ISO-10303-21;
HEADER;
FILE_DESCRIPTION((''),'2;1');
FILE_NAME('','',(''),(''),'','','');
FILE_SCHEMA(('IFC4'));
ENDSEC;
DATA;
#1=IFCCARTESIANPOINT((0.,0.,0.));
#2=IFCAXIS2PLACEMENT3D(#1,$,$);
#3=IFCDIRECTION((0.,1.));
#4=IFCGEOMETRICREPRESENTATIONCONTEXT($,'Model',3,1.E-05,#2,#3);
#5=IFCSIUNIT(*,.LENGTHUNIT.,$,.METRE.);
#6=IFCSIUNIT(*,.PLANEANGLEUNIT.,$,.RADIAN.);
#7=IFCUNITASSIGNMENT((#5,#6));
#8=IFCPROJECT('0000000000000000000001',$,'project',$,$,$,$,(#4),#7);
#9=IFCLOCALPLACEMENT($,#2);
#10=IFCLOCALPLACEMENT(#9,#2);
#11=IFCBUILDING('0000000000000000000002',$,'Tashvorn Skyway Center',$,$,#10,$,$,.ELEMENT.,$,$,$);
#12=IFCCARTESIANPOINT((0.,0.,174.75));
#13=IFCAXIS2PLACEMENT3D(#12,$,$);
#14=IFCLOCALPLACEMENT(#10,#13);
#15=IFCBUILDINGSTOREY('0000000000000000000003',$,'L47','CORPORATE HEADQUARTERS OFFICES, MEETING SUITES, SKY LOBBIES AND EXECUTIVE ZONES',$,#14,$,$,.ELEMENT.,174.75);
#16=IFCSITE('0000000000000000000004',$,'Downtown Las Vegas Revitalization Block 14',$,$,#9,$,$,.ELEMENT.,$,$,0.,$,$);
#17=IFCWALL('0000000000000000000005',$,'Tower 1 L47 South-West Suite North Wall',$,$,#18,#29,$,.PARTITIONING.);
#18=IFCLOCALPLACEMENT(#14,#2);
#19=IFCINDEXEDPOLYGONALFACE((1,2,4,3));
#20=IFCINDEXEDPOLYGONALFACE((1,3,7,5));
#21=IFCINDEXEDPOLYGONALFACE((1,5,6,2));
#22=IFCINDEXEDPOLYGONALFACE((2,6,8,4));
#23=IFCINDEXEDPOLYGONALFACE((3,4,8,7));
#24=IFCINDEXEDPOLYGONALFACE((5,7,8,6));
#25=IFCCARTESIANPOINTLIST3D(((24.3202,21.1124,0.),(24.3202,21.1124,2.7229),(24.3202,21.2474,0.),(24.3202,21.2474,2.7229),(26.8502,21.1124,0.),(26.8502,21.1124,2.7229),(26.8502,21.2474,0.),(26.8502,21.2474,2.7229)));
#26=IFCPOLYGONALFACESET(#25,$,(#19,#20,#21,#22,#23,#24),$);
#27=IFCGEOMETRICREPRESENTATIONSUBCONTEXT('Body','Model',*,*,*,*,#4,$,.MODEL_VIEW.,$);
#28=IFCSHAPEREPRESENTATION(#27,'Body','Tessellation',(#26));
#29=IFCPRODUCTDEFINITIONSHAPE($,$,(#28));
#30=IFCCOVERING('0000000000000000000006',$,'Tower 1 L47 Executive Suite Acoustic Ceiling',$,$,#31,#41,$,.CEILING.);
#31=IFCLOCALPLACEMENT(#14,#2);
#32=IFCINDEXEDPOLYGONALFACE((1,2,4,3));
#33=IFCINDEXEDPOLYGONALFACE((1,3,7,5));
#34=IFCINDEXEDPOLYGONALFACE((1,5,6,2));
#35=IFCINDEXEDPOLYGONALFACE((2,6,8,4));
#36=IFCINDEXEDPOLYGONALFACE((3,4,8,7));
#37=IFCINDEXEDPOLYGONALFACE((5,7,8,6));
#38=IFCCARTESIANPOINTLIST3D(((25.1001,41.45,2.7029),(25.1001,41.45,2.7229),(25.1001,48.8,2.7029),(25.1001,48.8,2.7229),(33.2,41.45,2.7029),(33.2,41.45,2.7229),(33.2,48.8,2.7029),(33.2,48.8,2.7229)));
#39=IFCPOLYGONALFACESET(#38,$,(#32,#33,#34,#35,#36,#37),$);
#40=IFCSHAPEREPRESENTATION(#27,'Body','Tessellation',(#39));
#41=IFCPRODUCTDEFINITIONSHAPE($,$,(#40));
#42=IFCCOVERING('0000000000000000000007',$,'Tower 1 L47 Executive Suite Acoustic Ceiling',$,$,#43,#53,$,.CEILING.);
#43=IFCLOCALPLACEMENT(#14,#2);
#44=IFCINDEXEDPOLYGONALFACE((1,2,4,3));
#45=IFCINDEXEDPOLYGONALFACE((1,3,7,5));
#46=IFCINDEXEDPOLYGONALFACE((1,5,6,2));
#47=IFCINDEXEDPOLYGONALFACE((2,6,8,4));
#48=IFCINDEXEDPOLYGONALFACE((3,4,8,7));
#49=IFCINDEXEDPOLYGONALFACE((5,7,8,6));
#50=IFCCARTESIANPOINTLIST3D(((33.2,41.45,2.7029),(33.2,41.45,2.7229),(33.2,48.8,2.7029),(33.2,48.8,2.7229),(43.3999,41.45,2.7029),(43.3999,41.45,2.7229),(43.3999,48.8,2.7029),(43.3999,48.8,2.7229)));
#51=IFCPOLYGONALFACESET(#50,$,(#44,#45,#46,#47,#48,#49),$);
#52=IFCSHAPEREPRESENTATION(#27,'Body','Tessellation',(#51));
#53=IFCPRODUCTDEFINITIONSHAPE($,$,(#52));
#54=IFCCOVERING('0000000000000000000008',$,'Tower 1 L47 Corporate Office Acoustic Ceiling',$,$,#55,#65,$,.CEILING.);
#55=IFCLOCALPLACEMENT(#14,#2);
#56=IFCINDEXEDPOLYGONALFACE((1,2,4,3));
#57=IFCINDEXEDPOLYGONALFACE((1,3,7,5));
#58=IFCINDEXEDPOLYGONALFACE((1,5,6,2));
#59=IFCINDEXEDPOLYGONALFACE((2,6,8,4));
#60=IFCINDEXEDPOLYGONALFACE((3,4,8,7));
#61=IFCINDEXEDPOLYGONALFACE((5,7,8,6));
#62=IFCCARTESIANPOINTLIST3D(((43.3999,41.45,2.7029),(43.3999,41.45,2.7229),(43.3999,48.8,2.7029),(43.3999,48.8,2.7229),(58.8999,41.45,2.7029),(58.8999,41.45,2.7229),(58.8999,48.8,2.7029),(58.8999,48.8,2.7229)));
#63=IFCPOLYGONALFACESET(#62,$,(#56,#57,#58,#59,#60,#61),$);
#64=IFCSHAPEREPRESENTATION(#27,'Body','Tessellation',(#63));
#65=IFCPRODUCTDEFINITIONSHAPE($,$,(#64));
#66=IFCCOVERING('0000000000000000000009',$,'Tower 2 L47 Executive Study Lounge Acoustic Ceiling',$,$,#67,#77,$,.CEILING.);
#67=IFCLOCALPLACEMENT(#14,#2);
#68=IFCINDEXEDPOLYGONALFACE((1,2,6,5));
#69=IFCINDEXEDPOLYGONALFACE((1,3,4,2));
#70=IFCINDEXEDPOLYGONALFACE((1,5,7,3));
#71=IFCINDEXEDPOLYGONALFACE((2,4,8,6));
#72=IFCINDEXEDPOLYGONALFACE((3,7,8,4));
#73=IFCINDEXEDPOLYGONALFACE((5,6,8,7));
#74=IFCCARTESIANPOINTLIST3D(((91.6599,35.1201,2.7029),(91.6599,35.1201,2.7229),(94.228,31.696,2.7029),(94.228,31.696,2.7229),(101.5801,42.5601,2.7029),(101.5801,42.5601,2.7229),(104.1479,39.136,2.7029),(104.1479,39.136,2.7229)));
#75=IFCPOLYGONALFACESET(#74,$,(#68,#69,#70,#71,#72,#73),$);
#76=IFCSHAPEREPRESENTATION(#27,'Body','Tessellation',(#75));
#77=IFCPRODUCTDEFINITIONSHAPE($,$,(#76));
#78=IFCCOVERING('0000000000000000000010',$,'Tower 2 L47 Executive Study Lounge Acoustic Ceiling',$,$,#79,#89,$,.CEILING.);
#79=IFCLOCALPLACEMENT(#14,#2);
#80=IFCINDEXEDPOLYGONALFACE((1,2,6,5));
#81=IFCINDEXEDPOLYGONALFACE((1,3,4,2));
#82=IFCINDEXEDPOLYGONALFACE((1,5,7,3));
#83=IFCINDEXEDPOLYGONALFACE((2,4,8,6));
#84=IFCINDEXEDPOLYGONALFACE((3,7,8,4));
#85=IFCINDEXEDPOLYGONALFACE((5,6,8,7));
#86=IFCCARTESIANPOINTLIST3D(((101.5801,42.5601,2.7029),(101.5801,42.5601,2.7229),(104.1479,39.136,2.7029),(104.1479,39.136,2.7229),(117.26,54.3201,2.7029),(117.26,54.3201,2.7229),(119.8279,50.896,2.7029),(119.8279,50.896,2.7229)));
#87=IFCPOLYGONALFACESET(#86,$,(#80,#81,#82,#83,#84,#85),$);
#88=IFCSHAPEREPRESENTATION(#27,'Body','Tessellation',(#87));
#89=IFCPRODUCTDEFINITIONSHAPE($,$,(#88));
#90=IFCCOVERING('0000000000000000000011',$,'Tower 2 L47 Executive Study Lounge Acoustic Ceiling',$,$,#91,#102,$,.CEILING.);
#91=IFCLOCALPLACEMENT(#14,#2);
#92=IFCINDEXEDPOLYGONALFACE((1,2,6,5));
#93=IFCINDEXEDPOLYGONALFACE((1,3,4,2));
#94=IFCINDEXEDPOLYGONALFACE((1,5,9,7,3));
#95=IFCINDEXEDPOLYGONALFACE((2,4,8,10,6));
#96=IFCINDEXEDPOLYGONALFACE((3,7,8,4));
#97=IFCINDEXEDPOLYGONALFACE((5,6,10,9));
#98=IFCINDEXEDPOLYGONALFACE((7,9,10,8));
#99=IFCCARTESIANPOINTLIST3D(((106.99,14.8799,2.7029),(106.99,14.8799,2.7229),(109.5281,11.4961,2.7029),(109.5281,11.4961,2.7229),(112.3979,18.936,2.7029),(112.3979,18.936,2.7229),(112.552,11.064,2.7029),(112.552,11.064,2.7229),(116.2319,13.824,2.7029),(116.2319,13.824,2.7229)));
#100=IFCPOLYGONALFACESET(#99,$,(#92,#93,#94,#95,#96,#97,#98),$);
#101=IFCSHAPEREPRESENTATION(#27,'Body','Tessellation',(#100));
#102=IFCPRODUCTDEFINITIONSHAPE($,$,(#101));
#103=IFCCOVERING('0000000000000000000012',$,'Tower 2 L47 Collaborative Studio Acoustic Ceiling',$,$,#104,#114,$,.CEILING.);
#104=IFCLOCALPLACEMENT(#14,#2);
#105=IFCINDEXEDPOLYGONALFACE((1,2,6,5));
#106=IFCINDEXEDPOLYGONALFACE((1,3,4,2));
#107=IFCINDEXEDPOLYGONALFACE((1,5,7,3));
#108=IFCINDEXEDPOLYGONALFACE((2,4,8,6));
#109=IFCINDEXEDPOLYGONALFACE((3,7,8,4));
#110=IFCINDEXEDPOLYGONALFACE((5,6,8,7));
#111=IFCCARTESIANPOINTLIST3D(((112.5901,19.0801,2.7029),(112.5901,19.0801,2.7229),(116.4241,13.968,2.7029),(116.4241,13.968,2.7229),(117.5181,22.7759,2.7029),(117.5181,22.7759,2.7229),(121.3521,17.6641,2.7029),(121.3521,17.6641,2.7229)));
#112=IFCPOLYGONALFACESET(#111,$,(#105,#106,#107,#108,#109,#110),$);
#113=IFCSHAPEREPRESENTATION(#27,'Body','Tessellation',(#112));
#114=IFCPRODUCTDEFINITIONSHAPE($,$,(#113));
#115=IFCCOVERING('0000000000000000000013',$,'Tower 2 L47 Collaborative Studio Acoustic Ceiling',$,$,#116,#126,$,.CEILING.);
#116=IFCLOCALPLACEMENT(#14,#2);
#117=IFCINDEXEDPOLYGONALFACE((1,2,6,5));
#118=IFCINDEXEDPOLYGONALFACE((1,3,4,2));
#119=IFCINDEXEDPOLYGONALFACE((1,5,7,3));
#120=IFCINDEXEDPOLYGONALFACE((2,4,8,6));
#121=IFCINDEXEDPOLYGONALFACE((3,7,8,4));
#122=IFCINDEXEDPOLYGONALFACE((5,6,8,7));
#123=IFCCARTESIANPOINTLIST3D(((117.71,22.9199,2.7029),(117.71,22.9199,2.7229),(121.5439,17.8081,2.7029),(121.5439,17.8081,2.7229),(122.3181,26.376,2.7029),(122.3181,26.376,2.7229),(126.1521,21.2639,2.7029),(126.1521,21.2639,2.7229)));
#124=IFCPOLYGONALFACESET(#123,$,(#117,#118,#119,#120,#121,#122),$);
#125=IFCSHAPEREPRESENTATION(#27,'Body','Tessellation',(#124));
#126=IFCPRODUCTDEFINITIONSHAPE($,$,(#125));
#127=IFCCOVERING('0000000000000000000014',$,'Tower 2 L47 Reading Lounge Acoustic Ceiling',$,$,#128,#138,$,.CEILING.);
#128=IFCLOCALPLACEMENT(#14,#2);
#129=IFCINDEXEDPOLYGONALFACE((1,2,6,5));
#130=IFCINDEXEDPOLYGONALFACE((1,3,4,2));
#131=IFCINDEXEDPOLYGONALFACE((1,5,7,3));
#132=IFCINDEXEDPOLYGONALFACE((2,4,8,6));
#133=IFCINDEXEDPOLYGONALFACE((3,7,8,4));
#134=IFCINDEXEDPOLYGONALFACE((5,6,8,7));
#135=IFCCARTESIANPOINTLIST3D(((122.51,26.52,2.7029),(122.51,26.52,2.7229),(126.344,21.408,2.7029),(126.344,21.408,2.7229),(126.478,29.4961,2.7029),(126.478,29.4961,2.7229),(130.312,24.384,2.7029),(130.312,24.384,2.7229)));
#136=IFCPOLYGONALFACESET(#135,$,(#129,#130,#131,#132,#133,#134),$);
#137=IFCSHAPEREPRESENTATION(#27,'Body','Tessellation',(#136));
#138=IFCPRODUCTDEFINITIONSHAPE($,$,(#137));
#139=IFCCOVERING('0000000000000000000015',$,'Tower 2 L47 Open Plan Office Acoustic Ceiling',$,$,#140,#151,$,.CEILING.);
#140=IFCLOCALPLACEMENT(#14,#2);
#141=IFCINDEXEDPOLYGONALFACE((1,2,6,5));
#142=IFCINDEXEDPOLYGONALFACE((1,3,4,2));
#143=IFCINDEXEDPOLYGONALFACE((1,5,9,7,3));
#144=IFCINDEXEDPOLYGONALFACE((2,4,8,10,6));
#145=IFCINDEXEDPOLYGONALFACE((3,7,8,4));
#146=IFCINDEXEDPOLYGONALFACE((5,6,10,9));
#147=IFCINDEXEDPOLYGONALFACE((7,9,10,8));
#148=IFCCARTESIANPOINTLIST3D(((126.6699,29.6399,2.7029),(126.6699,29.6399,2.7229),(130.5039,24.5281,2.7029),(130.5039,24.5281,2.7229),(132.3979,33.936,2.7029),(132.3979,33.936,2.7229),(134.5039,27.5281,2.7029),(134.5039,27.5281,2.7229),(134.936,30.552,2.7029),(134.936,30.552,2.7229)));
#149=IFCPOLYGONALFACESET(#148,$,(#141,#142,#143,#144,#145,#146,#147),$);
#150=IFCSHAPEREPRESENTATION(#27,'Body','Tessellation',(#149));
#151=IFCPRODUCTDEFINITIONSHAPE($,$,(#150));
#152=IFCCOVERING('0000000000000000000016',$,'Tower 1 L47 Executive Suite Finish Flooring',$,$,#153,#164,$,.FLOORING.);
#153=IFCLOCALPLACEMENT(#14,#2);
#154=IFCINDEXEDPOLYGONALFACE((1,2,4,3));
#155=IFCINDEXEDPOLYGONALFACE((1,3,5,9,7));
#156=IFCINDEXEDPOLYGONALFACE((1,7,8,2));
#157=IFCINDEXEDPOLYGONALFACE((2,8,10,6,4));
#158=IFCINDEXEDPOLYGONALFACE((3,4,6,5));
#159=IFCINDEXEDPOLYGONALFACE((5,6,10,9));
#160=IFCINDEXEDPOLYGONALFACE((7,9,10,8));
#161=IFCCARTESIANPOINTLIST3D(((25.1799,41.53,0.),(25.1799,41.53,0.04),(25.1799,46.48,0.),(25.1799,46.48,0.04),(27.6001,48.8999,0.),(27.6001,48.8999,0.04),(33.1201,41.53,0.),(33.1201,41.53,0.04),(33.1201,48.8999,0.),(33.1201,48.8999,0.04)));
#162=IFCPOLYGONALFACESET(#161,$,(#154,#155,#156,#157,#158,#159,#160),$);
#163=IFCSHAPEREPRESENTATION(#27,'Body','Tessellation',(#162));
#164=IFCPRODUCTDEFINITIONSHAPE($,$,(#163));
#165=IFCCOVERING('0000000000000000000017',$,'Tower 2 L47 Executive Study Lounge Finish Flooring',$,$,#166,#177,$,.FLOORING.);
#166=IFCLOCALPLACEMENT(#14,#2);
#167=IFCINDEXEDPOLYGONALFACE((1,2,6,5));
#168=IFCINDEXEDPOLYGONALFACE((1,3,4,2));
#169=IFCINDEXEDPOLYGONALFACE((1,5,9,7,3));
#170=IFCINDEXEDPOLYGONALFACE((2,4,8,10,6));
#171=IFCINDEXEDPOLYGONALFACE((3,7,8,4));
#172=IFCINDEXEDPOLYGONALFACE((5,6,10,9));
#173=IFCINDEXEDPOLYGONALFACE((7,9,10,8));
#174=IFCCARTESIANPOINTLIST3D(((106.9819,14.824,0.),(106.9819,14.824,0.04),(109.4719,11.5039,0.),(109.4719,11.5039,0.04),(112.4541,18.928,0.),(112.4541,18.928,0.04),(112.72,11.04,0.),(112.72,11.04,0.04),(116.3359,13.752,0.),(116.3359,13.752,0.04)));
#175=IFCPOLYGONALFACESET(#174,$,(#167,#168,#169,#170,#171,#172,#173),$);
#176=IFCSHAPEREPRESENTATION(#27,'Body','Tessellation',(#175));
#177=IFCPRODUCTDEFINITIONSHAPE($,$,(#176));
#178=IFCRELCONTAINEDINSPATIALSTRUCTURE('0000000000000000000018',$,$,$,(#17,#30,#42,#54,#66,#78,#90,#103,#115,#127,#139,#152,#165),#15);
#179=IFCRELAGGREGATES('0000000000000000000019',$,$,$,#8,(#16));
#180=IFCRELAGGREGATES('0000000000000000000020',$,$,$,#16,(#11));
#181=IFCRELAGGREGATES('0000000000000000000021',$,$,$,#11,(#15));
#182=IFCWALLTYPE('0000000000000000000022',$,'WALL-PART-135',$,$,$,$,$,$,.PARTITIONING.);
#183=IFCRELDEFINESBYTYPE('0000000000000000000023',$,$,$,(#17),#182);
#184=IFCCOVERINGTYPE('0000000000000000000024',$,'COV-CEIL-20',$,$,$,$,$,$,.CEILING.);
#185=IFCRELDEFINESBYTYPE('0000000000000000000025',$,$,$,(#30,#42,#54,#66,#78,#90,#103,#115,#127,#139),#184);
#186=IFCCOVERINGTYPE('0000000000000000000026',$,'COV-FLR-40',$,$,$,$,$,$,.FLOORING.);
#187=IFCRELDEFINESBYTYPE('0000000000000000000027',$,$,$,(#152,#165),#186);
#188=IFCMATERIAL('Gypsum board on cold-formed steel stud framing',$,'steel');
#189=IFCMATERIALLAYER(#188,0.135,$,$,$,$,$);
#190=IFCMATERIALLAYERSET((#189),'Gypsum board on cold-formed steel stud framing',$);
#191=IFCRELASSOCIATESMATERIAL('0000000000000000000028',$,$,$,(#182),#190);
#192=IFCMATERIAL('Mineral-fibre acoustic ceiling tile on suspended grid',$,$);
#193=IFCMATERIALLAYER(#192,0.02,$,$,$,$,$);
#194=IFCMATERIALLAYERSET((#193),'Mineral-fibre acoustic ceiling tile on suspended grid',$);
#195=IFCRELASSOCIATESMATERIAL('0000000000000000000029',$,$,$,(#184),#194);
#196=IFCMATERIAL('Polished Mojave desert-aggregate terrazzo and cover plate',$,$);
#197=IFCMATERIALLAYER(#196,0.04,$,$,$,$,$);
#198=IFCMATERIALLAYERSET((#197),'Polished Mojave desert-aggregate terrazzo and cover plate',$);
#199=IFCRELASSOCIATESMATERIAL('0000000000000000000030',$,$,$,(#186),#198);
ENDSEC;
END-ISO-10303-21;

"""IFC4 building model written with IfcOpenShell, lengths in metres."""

from ifc_helpers import new_model, si_unit, direction, frame, frame_2d, origin, place, context, subcontext, project, spatial, polyline, rectangle, outline, extrude, material, layer, layer_set, type_object, element, save


model = new_model("IFC4")

# Units and contexts
model_context = context("Model", 3, precision=1e-05, world=origin(), true_north=direction((0.0, 1.0)))
body_context = subcontext(model_context, "Body", "Model", "MODEL_VIEW")
ifc_project = project(units=[si_unit("LENGTHUNIT", "METRE"), si_unit("PLANEANGLEUNIT", "RADIAN")], contexts=[model_context])

# Site, building, storey
site_placement = place(None, origin())
site = spatial("IfcSite", under=ifc_project, at=site_placement, Name="Downtown Las Vegas Revitalization Block 14", CompositionType="ELEMENT", RefElevation=0.0)
building_placement = place(site_placement, origin())
building = spatial("IfcBuilding", under=site, at=building_placement, Name="Tashvorn Skyway Center", CompositionType="ELEMENT")
storey_placement = place(building_placement, frame((0.0, 0.0, 174.75)))
storey = spatial("IfcBuildingStorey", under=building, at=storey_placement, Name="L47", Description="CORPORATE HEADQUARTERS OFFICES, MEETING SUITES, SKY LOBBIES AND EXECUTIVE ZONES", CompositionType="ELEMENT", Elevation=174.75)

# Wall
ifc_material_1 = material(Name="Gypsum board on cold-formed steel stud framing", Category="steel")
ifc_layer_1 = layer(ifc_material_1, 0.135)
ifc_layer_set_1 = layer_set([ifc_layer_1], Name="Gypsum board on cold-formed steel stud framing")
wall_type = type_object("IfcWallType", Name="WALL-PART-135", PredefinedType="PARTITIONING", material=ifc_layer_set_1)
wall_placement = place(storey_placement, frame((24.3201, 21.1799, 0.0), z_axis=(0.0, 0.0, 1.0), x_axis=(1.0, 0.0, 0.0)))
element("IfcWall", 1, at=wall_placement, inside=storey, type_object=wall_type, Name="Tower 1 L47 South-West Suite North Wall", PredefinedType="PARTITIONING", context=body_context, shape_type="SweptSolid", body=[
    extrude(rectangle(XDim=2.53, YDim=0.135, at=frame_2d((1.2651, 0.0))), origin(), (0.0, 0.0, 1.0), 2.7229),
])

# Coverings
ifc_material_2 = material(Name="Mineral-fibre acoustic ceiling tile on suspended grid")
ifc_layer_2 = layer(ifc_material_2, 0.02)
ifc_layer_set_2 = layer_set([ifc_layer_2], Name="Mineral-fibre acoustic ceiling tile on suspended grid")
covering_type_1 = type_object("IfcCoveringType", Name="COV-CEIL-20", PredefinedType="CEILING", material=ifc_layer_set_2)
covering_1_placement = place(storey_placement, frame((0.0, 0.0, 2.7029)))
element("IfcCovering", 2, at=covering_1_placement, inside=storey, type_object=covering_type_1, Name="Tower 1 L47 Executive Suite Acoustic Ceiling", PredefinedType="CEILING", context=body_context, shape_type="SweptSolid", body=[
    extrude(outline(polyline([(25.1001, 41.45), (33.2, 41.45), (33.2, 48.8), (25.1001, 48.8), (25.1001, 41.45)])), origin(), (0.0, 0.0, 1.0), 0.02),
])
covering_2_placement = place(storey_placement, frame((0.0, 0.0, 2.7029)))
element("IfcCovering", 3, at=covering_2_placement, inside=storey, type_object=covering_type_1, Name="Tower 1 L47 Executive Suite Acoustic Ceiling", PredefinedType="CEILING", context=body_context, shape_type="SweptSolid", body=[
    extrude(outline(polyline([(33.2, 41.45), (43.3999, 41.45), (43.3999, 48.8), (33.2, 48.8), (33.2, 41.45)])), origin(), (0.0, 0.0, 1.0), 0.02),
])
covering_3_placement = place(storey_placement, frame((0.0, 0.0, 2.7029)))
element("IfcCovering", 4, at=covering_3_placement, inside=storey, type_object=covering_type_1, Name="Tower 1 L47 Corporate Office Acoustic Ceiling", PredefinedType="CEILING", context=body_context, shape_type="SweptSolid", body=[
    extrude(outline(polyline([(43.3999, 41.45), (58.8999, 41.45), (58.8999, 48.8), (43.3999, 48.8), (43.3999, 41.45)])), origin(), (0.0, 0.0, 1.0), 0.02),
])
covering_4_placement = place(storey_placement, frame((0.0, 0.0, 2.7029)))
element("IfcCovering", 5, at=covering_4_placement, inside=storey, type_object=covering_type_1, Name="Tower 2 L47 Executive Study Lounge Acoustic Ceiling", PredefinedType="CEILING", context=body_context, shape_type="SweptSolid", body=[
    extrude(outline(polyline([(94.228, 31.696), (104.1479, 39.136), (101.5801, 42.5601), (91.6599, 35.1201), (94.228, 31.696)])), origin(), (0.0, 0.0, 1.0), 0.02),
])
covering_5_placement = place(storey_placement, frame((0.0, 0.0, 2.7029)))
element("IfcCovering", 6, at=covering_5_placement, inside=storey, type_object=covering_type_1, Name="Tower 2 L47 Executive Study Lounge Acoustic Ceiling", PredefinedType="CEILING", context=body_context, shape_type="SweptSolid", body=[
    extrude(outline(polyline([(104.1479, 39.136), (119.8279, 50.896), (117.26, 54.3201), (101.5801, 42.5601), (104.1479, 39.136)])), origin(), (0.0, 0.0, 1.0), 0.02),
])
covering_6_placement = place(storey_placement, frame((0.0, 0.0, 2.7029)))
element("IfcCovering", 7, at=covering_6_placement, inside=storey, type_object=covering_type_1, Name="Tower 2 L47 Executive Study Lounge Acoustic Ceiling", PredefinedType="CEILING", context=body_context, shape_type="SweptSolid", body=[
    extrude(outline(polyline([(106.99, 14.8799), (112.3979, 18.936), (116.2319, 13.824), (112.552, 11.064), (109.5281, 11.4961), (106.99, 14.8799)])), origin(), (0.0, 0.0, 1.0), 0.02),
])
covering_7_placement = place(storey_placement, frame((0.0, 0.0, 2.7029)))
element("IfcCovering", 8, at=covering_7_placement, inside=storey, type_object=covering_type_1, Name="Tower 2 L47 Collaborative Studio Acoustic Ceiling", PredefinedType="CEILING", context=body_context, shape_type="SweptSolid", body=[
    extrude(outline(polyline([(112.5901, 19.0801), (117.5181, 22.7759), (121.3521, 17.6641), (116.4241, 13.968), (112.5901, 19.0801)])), origin(), (0.0, 0.0, 1.0), 0.02),
])
covering_8_placement = place(storey_placement, frame((0.0, 0.0, 2.7029)))
element("IfcCovering", 9, at=covering_8_placement, inside=storey, type_object=covering_type_1, Name="Tower 2 L47 Collaborative Studio Acoustic Ceiling", PredefinedType="CEILING", context=body_context, shape_type="SweptSolid", body=[
    extrude(outline(polyline([(117.71, 22.9199), (122.3181, 26.376), (126.1521, 21.2639), (121.5439, 17.8081), (117.71, 22.9199)])), origin(), (0.0, 0.0, 1.0), 0.02),
])
covering_9_placement = place(storey_placement, frame((0.0, 0.0, 2.7029)))
element("IfcCovering", 10, at=covering_9_placement, inside=storey, type_object=covering_type_1, Name="Tower 2 L47 Reading Lounge Acoustic Ceiling", PredefinedType="CEILING", context=body_context, shape_type="SweptSolid", body=[
    extrude(outline(polyline([(122.51, 26.52), (126.478, 29.4961), (130.312, 24.384), (126.344, 21.408), (122.51, 26.52)])), origin(), (0.0, 0.0, 1.0), 0.02),
])
covering_10_placement = place(storey_placement, frame((0.0, 0.0, 2.7029)))
element("IfcCovering", 11, at=covering_10_placement, inside=storey, type_object=covering_type_1, Name="Tower 2 L47 Open Plan Office Acoustic Ceiling", PredefinedType="CEILING", context=body_context, shape_type="SweptSolid", body=[
    extrude(outline(polyline([(130.5039, 24.5281), (126.6699, 29.6399), (132.3979, 33.936), (134.936, 30.552), (134.5039, 27.5281), (130.5039, 24.5281)])), origin(), (0.0, 0.0, 1.0), 0.02),
])
ifc_material_3 = material(Name="Polished Mojave desert-aggregate terrazzo and cover plate")
ifc_layer_3 = layer(ifc_material_3, 0.04)
ifc_layer_set_3 = layer_set([ifc_layer_3], Name="Polished Mojave desert-aggregate terrazzo and cover plate")
covering_type_2 = type_object("IfcCoveringType", Name="COV-FLR-40", PredefinedType="FLOORING", material=ifc_layer_set_3)
covering_11_placement = place(storey_placement, origin())
element("IfcCovering", 12, at=covering_11_placement, inside=storey, type_object=covering_type_2, Name="Tower 1 L47 Executive Suite Finish Flooring", PredefinedType="FLOORING", context=body_context, shape_type="SweptSolid", body=[
    extrude(outline(polyline([(33.1201, 41.53), (25.1799, 41.53), (25.1799, 46.48), (27.6001, 48.8999), (33.1201, 48.8999), (33.1201, 41.53)])), origin(), (0.0, 0.0, 1.0), 0.04),
])
covering_12_placement = place(storey_placement, origin())
element("IfcCovering", 13, at=covering_12_placement, inside=storey, type_object=covering_type_2, Name="Tower 2 L47 Executive Study Lounge Finish Flooring", PredefinedType="FLOORING", context=body_context, shape_type="SweptSolid", body=[
    extrude(outline(polyline([(112.72, 11.04), (109.4719, 11.5039), (106.9819, 14.824), (112.4541, 18.928), (116.3359, 13.752), (112.72, 11.04)])), origin(), (0.0, 0.0, 1.0), 0.04),
])

save(model, "model.ifc")
